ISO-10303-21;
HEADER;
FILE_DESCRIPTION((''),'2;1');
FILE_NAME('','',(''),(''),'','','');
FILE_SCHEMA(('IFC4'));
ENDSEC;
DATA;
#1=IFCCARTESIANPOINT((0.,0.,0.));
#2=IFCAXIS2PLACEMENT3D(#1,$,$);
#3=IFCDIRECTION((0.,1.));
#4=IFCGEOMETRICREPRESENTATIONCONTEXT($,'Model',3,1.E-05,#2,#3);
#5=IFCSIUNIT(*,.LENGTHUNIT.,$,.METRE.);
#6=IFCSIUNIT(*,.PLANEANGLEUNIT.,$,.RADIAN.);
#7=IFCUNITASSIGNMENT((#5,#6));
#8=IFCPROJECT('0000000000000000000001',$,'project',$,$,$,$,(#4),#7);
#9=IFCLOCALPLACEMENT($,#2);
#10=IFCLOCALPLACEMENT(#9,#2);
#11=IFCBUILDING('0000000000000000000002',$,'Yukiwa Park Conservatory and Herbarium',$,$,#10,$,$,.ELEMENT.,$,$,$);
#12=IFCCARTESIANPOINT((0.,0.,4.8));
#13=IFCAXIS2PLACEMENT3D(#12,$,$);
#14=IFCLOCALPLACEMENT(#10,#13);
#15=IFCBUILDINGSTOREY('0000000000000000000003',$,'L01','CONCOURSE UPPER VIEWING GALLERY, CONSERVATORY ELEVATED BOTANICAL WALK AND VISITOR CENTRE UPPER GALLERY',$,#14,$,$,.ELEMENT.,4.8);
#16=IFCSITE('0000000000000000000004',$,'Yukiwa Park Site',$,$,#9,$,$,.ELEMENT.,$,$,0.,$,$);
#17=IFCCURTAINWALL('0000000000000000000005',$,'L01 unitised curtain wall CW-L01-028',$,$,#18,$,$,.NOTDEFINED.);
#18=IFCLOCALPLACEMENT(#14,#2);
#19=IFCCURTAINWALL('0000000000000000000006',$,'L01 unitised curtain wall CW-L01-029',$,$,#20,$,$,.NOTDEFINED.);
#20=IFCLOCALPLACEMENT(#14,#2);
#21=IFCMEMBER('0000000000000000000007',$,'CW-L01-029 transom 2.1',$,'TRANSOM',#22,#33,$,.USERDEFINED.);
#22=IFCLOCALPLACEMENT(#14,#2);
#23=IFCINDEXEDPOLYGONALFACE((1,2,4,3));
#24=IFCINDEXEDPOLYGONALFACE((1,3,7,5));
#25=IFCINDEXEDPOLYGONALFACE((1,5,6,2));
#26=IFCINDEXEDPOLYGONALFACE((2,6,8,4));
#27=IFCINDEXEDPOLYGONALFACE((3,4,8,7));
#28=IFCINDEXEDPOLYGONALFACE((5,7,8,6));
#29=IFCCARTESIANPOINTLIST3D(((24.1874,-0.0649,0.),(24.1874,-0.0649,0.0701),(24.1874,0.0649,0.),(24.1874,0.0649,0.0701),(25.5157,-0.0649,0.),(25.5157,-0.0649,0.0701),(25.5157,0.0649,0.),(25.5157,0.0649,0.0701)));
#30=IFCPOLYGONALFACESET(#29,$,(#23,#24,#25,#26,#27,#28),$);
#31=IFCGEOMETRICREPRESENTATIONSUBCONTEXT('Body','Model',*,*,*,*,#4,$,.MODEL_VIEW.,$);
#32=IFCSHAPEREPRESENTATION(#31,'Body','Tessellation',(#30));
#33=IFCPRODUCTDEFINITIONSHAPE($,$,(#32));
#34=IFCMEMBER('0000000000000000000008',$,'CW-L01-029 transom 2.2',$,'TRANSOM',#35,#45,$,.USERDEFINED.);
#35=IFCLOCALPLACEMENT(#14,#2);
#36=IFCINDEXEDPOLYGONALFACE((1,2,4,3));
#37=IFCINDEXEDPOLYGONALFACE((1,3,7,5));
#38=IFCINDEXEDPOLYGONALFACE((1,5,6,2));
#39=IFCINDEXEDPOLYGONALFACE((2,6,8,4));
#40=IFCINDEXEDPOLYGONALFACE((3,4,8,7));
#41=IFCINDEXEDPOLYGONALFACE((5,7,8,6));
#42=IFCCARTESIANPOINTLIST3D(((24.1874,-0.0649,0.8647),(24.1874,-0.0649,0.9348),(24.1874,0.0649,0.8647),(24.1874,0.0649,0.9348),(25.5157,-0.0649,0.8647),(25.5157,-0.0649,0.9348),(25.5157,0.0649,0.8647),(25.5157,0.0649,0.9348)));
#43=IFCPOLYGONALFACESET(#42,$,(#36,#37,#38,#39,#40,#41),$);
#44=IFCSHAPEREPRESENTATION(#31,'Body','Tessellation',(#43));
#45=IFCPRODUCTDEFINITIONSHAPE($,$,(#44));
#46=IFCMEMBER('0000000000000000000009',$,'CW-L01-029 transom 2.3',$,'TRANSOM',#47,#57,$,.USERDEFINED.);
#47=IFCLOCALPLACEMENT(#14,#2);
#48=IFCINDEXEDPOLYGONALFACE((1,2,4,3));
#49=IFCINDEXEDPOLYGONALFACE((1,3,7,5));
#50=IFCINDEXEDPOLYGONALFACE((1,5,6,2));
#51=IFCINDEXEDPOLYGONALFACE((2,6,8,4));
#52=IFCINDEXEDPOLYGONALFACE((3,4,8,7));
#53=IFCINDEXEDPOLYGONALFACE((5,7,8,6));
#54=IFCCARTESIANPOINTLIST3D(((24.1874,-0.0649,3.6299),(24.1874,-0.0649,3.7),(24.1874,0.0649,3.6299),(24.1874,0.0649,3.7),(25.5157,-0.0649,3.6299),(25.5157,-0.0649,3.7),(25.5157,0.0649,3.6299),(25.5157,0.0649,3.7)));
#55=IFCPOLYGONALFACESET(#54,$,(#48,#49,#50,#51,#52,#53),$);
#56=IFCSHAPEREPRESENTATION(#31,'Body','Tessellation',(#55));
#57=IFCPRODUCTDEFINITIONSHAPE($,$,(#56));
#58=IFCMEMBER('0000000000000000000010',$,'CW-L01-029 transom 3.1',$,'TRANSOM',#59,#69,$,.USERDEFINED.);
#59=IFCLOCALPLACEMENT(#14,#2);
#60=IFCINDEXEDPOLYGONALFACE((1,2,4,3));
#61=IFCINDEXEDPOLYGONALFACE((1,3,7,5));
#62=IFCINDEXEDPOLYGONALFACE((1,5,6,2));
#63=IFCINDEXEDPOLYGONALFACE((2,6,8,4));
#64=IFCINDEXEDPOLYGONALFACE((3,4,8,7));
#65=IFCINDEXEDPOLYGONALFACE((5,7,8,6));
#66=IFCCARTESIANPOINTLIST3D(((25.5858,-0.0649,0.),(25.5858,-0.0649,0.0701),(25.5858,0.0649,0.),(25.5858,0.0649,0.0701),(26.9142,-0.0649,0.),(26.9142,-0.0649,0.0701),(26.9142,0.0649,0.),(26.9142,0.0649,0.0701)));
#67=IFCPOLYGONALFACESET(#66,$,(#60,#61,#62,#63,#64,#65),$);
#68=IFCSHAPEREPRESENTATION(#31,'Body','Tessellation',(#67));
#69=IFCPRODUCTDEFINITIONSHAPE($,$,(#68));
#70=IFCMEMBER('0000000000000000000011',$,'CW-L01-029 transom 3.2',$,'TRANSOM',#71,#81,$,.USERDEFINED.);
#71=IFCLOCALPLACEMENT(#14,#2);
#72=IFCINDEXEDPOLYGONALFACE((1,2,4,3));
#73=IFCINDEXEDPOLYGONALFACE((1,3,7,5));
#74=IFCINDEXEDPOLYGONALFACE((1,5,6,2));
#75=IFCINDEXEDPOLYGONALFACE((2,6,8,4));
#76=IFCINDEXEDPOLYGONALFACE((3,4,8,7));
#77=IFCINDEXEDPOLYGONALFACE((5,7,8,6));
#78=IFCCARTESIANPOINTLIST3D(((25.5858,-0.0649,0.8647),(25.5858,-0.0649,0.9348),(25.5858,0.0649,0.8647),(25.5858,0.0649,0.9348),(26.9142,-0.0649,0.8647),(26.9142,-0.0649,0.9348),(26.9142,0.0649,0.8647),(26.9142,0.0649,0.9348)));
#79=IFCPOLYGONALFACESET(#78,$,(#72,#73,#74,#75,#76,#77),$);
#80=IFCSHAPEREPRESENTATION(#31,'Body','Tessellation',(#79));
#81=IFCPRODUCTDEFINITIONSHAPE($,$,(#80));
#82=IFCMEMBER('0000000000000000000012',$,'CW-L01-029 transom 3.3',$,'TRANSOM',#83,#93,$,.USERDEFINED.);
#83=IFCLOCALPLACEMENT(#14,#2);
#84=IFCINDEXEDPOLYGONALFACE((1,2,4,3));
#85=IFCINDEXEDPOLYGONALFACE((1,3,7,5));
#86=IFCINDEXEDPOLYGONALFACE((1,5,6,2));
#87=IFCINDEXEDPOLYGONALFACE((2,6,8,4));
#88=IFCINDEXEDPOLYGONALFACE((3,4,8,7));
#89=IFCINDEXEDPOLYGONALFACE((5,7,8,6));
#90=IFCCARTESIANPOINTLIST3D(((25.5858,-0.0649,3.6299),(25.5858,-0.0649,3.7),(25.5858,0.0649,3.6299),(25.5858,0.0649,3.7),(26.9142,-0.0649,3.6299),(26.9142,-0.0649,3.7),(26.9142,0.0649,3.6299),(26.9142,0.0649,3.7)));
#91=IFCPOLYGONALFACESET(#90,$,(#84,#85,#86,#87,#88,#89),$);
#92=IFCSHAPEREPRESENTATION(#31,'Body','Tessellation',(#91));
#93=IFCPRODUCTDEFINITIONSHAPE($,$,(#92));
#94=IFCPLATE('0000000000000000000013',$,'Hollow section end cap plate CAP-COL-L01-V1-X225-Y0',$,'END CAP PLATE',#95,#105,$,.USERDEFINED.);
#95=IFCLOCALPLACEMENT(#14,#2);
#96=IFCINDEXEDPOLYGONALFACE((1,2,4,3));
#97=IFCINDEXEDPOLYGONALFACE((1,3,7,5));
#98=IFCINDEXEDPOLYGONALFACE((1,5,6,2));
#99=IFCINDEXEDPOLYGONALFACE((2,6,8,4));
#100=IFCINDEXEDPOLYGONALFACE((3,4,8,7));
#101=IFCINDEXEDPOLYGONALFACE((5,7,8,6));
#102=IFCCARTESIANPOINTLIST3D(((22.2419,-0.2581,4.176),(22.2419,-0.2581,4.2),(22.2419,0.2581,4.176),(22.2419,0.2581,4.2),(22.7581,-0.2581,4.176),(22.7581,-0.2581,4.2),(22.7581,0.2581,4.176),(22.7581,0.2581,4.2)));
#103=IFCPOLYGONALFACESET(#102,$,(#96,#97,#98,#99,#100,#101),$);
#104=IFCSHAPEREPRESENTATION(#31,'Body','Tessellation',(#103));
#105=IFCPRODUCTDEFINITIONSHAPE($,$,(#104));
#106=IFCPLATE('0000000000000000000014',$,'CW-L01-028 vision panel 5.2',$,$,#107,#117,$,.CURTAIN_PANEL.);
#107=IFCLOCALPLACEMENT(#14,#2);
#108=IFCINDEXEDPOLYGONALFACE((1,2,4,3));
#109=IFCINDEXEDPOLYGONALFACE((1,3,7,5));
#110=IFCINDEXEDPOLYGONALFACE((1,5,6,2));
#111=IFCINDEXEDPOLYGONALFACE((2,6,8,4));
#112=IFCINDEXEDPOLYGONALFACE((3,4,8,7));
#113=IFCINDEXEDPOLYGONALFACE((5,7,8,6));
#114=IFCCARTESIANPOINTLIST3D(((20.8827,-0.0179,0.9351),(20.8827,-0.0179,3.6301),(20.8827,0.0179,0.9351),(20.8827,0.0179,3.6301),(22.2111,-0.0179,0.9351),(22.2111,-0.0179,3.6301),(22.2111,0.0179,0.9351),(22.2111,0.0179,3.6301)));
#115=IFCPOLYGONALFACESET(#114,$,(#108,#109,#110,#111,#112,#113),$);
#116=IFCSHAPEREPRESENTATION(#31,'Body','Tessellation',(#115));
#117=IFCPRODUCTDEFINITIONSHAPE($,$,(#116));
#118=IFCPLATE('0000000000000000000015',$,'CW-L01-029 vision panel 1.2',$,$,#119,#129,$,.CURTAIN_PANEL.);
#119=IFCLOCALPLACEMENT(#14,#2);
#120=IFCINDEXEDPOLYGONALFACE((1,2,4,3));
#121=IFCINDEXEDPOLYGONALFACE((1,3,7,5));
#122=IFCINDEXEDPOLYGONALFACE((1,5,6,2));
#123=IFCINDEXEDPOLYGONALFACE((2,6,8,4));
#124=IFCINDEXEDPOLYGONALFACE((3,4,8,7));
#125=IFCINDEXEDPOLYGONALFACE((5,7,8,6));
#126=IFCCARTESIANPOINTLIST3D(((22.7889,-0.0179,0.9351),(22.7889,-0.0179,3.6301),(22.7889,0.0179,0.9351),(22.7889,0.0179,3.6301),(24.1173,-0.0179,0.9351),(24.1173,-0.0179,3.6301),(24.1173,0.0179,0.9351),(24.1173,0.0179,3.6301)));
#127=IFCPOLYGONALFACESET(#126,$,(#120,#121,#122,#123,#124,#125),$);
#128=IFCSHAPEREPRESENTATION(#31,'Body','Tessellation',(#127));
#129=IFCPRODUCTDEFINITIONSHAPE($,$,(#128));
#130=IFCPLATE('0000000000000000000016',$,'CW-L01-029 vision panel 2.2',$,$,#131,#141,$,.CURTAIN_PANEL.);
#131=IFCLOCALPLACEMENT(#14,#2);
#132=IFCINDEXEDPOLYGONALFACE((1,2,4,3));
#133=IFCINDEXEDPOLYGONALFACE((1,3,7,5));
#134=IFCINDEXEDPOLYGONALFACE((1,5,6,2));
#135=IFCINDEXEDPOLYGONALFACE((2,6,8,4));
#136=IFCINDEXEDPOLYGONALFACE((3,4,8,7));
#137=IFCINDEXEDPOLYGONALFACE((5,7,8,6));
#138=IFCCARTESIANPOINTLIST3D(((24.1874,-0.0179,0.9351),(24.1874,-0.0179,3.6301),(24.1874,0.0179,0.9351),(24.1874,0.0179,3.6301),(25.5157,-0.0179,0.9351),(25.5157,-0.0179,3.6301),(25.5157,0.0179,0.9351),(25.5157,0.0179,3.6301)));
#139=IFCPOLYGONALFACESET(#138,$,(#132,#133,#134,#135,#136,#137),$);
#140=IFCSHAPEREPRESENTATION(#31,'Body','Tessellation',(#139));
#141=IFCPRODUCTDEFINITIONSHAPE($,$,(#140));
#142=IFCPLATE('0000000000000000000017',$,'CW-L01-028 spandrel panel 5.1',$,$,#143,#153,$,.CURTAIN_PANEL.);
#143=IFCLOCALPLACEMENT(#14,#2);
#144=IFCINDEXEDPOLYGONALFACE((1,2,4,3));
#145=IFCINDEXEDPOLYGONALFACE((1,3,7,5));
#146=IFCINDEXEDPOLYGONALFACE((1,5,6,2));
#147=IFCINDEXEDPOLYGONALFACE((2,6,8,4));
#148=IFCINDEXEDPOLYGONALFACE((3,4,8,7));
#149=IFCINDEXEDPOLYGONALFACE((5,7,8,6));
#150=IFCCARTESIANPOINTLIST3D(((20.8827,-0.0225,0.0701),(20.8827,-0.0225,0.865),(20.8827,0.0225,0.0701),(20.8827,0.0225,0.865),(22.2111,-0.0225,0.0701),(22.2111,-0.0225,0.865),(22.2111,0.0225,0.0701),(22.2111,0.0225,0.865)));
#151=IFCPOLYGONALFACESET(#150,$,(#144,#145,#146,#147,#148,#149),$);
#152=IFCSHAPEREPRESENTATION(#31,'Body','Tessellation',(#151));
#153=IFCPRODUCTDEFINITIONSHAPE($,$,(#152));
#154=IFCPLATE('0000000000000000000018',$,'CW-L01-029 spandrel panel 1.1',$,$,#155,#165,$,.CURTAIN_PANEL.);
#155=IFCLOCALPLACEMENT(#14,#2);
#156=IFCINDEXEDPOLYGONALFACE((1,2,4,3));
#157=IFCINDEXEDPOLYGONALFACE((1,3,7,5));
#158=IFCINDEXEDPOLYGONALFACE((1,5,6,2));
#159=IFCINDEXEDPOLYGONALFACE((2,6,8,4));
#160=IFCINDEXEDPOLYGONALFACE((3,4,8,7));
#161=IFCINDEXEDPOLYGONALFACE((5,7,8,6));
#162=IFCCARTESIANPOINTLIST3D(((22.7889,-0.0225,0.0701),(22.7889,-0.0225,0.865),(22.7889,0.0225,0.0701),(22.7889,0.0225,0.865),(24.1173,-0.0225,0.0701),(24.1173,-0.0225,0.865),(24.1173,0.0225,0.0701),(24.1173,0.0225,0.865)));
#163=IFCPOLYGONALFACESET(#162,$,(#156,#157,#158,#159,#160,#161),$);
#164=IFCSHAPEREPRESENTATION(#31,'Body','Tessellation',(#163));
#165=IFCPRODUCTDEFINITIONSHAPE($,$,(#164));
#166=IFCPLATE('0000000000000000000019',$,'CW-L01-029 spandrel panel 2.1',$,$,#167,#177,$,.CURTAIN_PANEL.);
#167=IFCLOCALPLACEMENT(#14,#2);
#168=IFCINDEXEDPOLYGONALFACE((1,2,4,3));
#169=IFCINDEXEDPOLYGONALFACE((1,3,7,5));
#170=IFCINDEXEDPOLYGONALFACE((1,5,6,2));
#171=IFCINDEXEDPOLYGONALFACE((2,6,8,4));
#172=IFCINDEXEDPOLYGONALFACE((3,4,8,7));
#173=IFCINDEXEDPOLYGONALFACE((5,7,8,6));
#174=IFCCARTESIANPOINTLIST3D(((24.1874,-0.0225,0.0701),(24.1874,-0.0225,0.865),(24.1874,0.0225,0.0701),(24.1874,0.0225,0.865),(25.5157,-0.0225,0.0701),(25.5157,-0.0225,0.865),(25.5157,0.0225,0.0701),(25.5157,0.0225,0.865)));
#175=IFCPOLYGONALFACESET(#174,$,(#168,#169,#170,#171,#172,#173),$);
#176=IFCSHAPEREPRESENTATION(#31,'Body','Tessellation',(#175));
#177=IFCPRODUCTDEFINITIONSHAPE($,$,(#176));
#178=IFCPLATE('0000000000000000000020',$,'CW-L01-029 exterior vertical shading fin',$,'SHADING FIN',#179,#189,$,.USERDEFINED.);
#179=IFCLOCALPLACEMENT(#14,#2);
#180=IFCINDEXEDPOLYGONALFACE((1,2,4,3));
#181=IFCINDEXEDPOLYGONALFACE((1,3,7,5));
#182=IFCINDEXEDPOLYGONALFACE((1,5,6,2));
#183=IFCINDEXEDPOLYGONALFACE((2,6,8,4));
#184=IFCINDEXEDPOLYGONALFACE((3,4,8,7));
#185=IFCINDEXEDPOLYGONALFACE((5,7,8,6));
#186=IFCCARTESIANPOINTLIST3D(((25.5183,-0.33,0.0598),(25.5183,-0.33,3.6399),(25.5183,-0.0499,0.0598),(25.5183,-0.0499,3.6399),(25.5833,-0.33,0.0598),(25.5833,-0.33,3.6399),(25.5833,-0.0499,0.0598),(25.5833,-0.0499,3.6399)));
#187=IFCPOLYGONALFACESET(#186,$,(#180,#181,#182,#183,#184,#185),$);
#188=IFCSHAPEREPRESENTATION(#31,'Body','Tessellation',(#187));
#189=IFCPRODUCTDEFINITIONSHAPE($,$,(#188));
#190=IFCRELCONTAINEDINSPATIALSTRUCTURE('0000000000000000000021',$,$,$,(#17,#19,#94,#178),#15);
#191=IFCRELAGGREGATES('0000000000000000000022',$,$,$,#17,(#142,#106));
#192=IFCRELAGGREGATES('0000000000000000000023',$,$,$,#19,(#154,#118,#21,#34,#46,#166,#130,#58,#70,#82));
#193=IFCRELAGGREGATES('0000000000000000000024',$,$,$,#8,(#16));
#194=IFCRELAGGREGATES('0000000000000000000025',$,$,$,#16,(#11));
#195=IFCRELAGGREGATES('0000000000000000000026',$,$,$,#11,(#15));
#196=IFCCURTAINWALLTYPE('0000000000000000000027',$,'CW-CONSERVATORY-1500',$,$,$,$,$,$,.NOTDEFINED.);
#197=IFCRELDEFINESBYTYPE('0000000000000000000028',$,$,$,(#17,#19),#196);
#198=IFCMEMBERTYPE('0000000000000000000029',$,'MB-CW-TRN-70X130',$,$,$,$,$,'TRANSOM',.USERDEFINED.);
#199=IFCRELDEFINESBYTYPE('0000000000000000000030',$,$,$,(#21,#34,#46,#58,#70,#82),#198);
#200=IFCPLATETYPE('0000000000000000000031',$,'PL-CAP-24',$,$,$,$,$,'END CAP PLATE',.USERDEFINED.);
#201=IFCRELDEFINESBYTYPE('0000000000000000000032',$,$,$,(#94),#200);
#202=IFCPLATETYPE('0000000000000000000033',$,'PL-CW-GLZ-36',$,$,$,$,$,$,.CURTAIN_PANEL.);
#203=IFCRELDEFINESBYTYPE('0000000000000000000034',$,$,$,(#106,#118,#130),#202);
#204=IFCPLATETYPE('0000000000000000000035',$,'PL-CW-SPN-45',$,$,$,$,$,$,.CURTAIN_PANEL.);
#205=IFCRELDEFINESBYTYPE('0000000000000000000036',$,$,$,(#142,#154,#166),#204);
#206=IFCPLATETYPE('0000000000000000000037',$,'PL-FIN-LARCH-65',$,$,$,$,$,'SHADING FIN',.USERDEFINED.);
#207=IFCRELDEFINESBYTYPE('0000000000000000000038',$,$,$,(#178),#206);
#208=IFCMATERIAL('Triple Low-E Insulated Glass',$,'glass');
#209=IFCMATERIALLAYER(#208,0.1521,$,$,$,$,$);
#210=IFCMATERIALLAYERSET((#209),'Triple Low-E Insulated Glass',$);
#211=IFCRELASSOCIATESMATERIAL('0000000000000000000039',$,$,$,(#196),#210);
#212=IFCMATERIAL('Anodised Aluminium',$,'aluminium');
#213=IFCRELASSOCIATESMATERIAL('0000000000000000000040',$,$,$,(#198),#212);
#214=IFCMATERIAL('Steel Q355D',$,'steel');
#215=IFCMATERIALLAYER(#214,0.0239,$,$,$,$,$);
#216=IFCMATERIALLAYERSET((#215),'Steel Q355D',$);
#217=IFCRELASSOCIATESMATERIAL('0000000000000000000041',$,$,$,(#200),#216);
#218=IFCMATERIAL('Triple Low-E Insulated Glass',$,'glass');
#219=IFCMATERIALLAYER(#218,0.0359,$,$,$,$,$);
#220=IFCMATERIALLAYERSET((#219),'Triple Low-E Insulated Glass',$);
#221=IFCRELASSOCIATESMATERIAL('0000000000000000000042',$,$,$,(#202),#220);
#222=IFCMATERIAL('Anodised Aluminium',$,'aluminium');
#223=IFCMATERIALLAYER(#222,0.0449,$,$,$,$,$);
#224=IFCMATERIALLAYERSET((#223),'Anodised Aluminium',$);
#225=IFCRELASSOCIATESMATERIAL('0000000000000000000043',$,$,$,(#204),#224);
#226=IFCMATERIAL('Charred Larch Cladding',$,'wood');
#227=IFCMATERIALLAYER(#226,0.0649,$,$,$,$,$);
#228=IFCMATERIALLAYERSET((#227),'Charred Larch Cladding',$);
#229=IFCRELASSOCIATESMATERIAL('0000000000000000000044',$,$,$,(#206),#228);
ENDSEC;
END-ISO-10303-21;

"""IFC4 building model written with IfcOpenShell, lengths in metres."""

from ifc_helpers import new_model, si_unit, direction, frame, origin, origin_2d, place, context, subcontext, project, spatial, rectangle, extrude, material, layer, layer_set, type_object, element, aggregate, save


model = new_model("IFC4")

# Units and contexts
model_context = context("Model", 3, precision=1e-05, world=origin(), true_north=direction((0.0, 1.0)))
body_context = subcontext(model_context, "Body", "Model", "MODEL_VIEW")
ifc_project = project(units=[si_unit("LENGTHUNIT", "METRE"), si_unit("PLANEANGLEUNIT", "RADIAN")], contexts=[model_context])

# Site, building, storey
site_placement = place(None, origin())
site = spatial("IfcSite", under=ifc_project, at=site_placement, Name="Yukiwa Park Site", CompositionType="ELEMENT", RefElevation=0.0)
building_placement = place(site_placement, origin())
building = spatial("IfcBuilding", under=site, at=building_placement, Name="Yukiwa Park Conservatory and Herbarium", CompositionType="ELEMENT")
storey_placement = place(building_placement, frame((0.0, 0.0, 4.8)))
storey = spatial("IfcBuildingStorey", under=building, at=storey_placement, Name="L01", Description="CONCOURSE UPPER VIEWING GALLERY, CONSERVATORY ELEVATED BOTANICAL WALK AND VISITOR CENTRE UPPER GALLERY", CompositionType="ELEMENT", Elevation=4.8)

# Curtain walls
ifc_material_1 = material(Name="Triple Low-E Insulated Glass", Category="glass")
ifc_layer_1 = layer(ifc_material_1, 0.1521)
ifc_layer_set_1 = layer_set([ifc_layer_1], Name="Triple Low-E Insulated Glass")
curtain_wall_type = type_object("IfcCurtainWallType", Name="CW-CONSERVATORY-1500", PredefinedType="NOTDEFINED", material=ifc_layer_set_1)
curtain_wall_1_placement = place(storey_placement, origin())
curtain_wall_1 = element("IfcCurtainWall", 1, at=curtain_wall_1_placement, inside=storey, type_object=curtain_wall_type, Name="L01 unitised curtain wall CW-L01-028", PredefinedType="NOTDEFINED")
curtain_wall_2_placement = place(storey_placement, origin())
curtain_wall_2 = element("IfcCurtainWall", 2, at=curtain_wall_2_placement, inside=storey, type_object=curtain_wall_type, Name="L01 unitised curtain wall CW-L01-029", PredefinedType="NOTDEFINED")

# Members
ifc_material_2 = material(Name="Anodised Aluminium", Category="aluminium")
member_type_1 = type_object("IfcMemberType", Name="MB-CW-TRN-70X130", ElementType="TRANSOM", PredefinedType="USERDEFINED", material=ifc_material_2)
member_1_placement = place(storey_placement, frame((24.8516, 0.0, 0.0), z_axis=(0.0, 0.0, 1.0), x_axis=(1.0, 0.0, 0.0)))
member_1 = element("IfcMember", 3, at=member_1_placement, type_object=member_type_1, Name="CW-L01-029 transom 2.1", ObjectType="TRANSOM", PredefinedType="USERDEFINED", context=body_context, shape_type="SweptSolid", body=[
    extrude(rectangle(XDim=1.3284, YDim=0.1299, at=origin_2d()), origin(), (0.0, 0.0, 1.0), 0.0701),
])
member_2_placement = place(storey_placement, frame((24.8516, 0.0, 0.8647), z_axis=(0.0, 0.0, 1.0), x_axis=(1.0, 0.0, 0.0)))
member_2 = element("IfcMember", 4, at=member_2_placement, type_object=member_type_1, Name="CW-L01-029 transom 2.2", ObjectType="TRANSOM", PredefinedType="USERDEFINED", context=body_context, shape_type="SweptSolid", body=[
    extrude(rectangle(XDim=1.3284, YDim=0.1299, at=origin_2d()), origin(), (0.0, 0.0, 1.0), 0.0701),
])
member_3_placement = place(storey_placement, frame((24.8516, 0.0, 3.6299), z_axis=(0.0, 0.0, 1.0), x_axis=(1.0, 0.0, 0.0)))
member_3 = element("IfcMember", 5, at=member_3_placement, type_object=member_type_1, Name="CW-L01-029 transom 2.3", ObjectType="TRANSOM", PredefinedType="USERDEFINED", context=body_context, shape_type="SweptSolid", body=[
    extrude(rectangle(XDim=1.3284, YDim=0.1299, at=origin_2d()), origin(), (0.0, 0.0, 1.0), 0.0701),
])
member_4_placement = place(storey_placement, frame((26.25, 0.0, 0.0), z_axis=(0.0, 0.0, 1.0), x_axis=(1.0, 0.0, 0.0)))
member_4 = element("IfcMember", 6, at=member_4_placement, type_object=member_type_1, Name="CW-L01-029 transom 3.1", ObjectType="TRANSOM", PredefinedType="USERDEFINED", context=body_context, shape_type="SweptSolid", body=[
    extrude(rectangle(XDim=1.3284, YDim=0.1299, at=origin_2d()), origin(), (0.0, 0.0, 1.0), 0.0701),
])
member_5_placement = place(storey_placement, frame((26.25, 0.0, 0.8647), z_axis=(0.0, 0.0, 1.0), x_axis=(1.0, 0.0, 0.0)))
member_5 = element("IfcMember", 7, at=member_5_placement, type_object=member_type_1, Name="CW-L01-029 transom 3.2", ObjectType="TRANSOM", PredefinedType="USERDEFINED", context=body_context, shape_type="SweptSolid", body=[
    extrude(rectangle(XDim=1.3284, YDim=0.1299, at=origin_2d()), origin(), (0.0, 0.0, 1.0), 0.0701),
])
member_6_placement = place(storey_placement, frame((26.25, 0.0, 3.6299), z_axis=(0.0, 0.0, 1.0), x_axis=(1.0, 0.0, 0.0)))
member_6 = element("IfcMember", 8, at=member_6_placement, type_object=member_type_1, Name="CW-L01-029 transom 3.3", ObjectType="TRANSOM", PredefinedType="USERDEFINED", context=body_context, shape_type="SweptSolid", body=[
    extrude(rectangle(XDim=1.3284, YDim=0.1299, at=origin_2d()), origin(), (0.0, 0.0, 1.0), 0.0701),
])

# Plates
ifc_material_3 = material(Name="Steel Q355D", Category="steel")
ifc_layer_2 = layer(ifc_material_3, 0.0239)
ifc_layer_set_2 = layer_set([ifc_layer_2], Name="Steel Q355D")
plate_type_1 = type_object("IfcPlateType", Name="PL-CAP-24", ElementType="END CAP PLATE", PredefinedType="USERDEFINED", material=ifc_layer_set_2)
plate_1_placement = place(storey_placement, frame((22.5, 0.0, 4.176), z_axis=(0.0, 0.0, 1.0), x_axis=(1.0, 0.0, 0.0)))
element("IfcPlate", 9, at=plate_1_placement, inside=storey, type_object=plate_type_1, Name="Hollow section end cap plate CAP-COL-L01-V1-X225-Y0", ObjectType="END CAP PLATE", PredefinedType="USERDEFINED", context=body_context, shape_type="SweptSolid", body=[
    extrude(rectangle(XDim=0.5161, YDim=0.5161, at=origin_2d()), origin(), (0.0, 0.0, 1.0), 0.0239),
])
ifc_material_4 = material(Name="Triple Low-E Insulated Glass", Category="glass")
ifc_layer_3 = layer(ifc_material_4, 0.0359)
ifc_layer_set_3 = layer_set([ifc_layer_3], Name="Triple Low-E Insulated Glass")
plate_type_2 = type_object("IfcPlateType", Name="PL-CW-GLZ-36", PredefinedType="CURTAIN_PANEL", material=ifc_layer_set_3)
plate_2_placement = place(storey_placement, frame((21.5469, 0.0, 0.9351), z_axis=(0.0, 0.0, 1.0), x_axis=(1.0, 0.0, 0.0)))
plate_2 = element("IfcPlate", 10, at=plate_2_placement, type_object=plate_type_2, Name="CW-L01-028 vision panel 5.2", PredefinedType="CURTAIN_PANEL", context=body_context, shape_type="SweptSolid", body=[
    extrude(rectangle(XDim=1.3284, YDim=0.0359, at=origin_2d()), origin(), (0.0, 0.0, 1.0), 2.6951),
])
plate_3_placement = place(storey_placement, frame((23.4531, 0.0, 0.9351), z_axis=(0.0, 0.0, 1.0), x_axis=(1.0, 0.0, 0.0)))
plate_3 = element("IfcPlate", 11, at=plate_3_placement, type_object=plate_type_2, Name="CW-L01-029 vision panel 1.2", PredefinedType="CURTAIN_PANEL", context=body_context, shape_type="SweptSolid", body=[
    extrude(rectangle(XDim=1.3284, YDim=0.0359, at=origin_2d()), origin(), (0.0, 0.0, 1.0), 2.6951),
])
plate_4_placement = place(storey_placement, frame((24.8516, 0.0, 0.9351), z_axis=(0.0, 0.0, 1.0), x_axis=(1.0, 0.0, 0.0)))
plate_4 = element("IfcPlate", 12, at=plate_4_placement, type_object=plate_type_2, Name="CW-L01-029 vision panel 2.2", PredefinedType="CURTAIN_PANEL", context=body_context, shape_type="SweptSolid", body=[
    extrude(rectangle(XDim=1.3284, YDim=0.0359, at=origin_2d()), origin(), (0.0, 0.0, 1.0), 2.6951),
])
ifc_material_5 = material(Name="Anodised Aluminium", Category="aluminium")
ifc_layer_4 = layer(ifc_material_5, 0.0449)
ifc_layer_set_4 = layer_set([ifc_layer_4], Name="Anodised Aluminium")
plate_type_3 = type_object("IfcPlateType", Name="PL-CW-SPN-45", PredefinedType="CURTAIN_PANEL", material=ifc_layer_set_4)
plate_5_placement = place(storey_placement, frame((21.5469, 0.0, 0.0701), z_axis=(0.0, 0.0, 1.0), x_axis=(1.0, 0.0, 0.0)))
plate_5 = element("IfcPlate", 13, at=plate_5_placement, type_object=plate_type_3, Name="CW-L01-028 spandrel panel 5.1", PredefinedType="CURTAIN_PANEL", context=body_context, shape_type="SweptSolid", body=[
    extrude(rectangle(XDim=1.3284, YDim=0.0449, at=origin_2d()), origin(), (0.0, 0.0, 1.0), 0.7949),
])
aggregate(curtain_wall_1, [plate_5, plate_2])
plate_6_placement = place(storey_placement, frame((23.4531, 0.0, 0.0701), z_axis=(0.0, 0.0, 1.0), x_axis=(1.0, 0.0, 0.0)))
plate_6 = element("IfcPlate", 14, at=plate_6_placement, type_object=plate_type_3, Name="CW-L01-029 spandrel panel 1.1", PredefinedType="CURTAIN_PANEL", context=body_context, shape_type="SweptSolid", body=[
    extrude(rectangle(XDim=1.3284, YDim=0.0449, at=origin_2d()), origin(), (0.0, 0.0, 1.0), 0.7949),
])
plate_7_placement = place(storey_placement, frame((24.8516, 0.0, 0.0701), z_axis=(0.0, 0.0, 1.0), x_axis=(1.0, 0.0, 0.0)))
plate_7 = element("IfcPlate", 15, at=plate_7_placement, type_object=plate_type_3, Name="CW-L01-029 spandrel panel 2.1", PredefinedType="CURTAIN_PANEL", context=body_context, shape_type="SweptSolid", body=[
    extrude(rectangle(XDim=1.3284, YDim=0.0449, at=origin_2d()), origin(), (0.0, 0.0, 1.0), 0.7949),
])
aggregate(curtain_wall_2, [plate_6, plate_3, member_1, member_2, member_3, plate_7, plate_4, member_4, member_5, member_6])
ifc_material_6 = material(Name="Charred Larch Cladding", Category="wood")
ifc_layer_5 = layer(ifc_material_6, 0.0649)
ifc_layer_set_5 = layer_set([ifc_layer_5], Name="Charred Larch Cladding")
plate_type_4 = type_object("IfcPlateType", Name="PL-FIN-LARCH-65", ElementType="SHADING FIN", PredefinedType="USERDEFINED", material=ifc_layer_set_5)
plate_8_placement = place(storey_placement, frame((25.5508, -0.1899, 0.0598), z_axis=(0.0, 0.0, 1.0), x_axis=(1.0, 0.0, 0.0)))
element("IfcPlate", 16, at=plate_8_placement, inside=storey, type_object=plate_type_4, Name="CW-L01-029 exterior vertical shading fin", ObjectType="SHADING FIN", PredefinedType="USERDEFINED", context=body_context, shape_type="SweptSolid", body=[
    extrude(rectangle(XDim=0.0649, YDim=0.28, at=origin_2d()), origin(), (0.0, 0.0, 1.0), 3.5801),
])

save(model, "model.ifc")
